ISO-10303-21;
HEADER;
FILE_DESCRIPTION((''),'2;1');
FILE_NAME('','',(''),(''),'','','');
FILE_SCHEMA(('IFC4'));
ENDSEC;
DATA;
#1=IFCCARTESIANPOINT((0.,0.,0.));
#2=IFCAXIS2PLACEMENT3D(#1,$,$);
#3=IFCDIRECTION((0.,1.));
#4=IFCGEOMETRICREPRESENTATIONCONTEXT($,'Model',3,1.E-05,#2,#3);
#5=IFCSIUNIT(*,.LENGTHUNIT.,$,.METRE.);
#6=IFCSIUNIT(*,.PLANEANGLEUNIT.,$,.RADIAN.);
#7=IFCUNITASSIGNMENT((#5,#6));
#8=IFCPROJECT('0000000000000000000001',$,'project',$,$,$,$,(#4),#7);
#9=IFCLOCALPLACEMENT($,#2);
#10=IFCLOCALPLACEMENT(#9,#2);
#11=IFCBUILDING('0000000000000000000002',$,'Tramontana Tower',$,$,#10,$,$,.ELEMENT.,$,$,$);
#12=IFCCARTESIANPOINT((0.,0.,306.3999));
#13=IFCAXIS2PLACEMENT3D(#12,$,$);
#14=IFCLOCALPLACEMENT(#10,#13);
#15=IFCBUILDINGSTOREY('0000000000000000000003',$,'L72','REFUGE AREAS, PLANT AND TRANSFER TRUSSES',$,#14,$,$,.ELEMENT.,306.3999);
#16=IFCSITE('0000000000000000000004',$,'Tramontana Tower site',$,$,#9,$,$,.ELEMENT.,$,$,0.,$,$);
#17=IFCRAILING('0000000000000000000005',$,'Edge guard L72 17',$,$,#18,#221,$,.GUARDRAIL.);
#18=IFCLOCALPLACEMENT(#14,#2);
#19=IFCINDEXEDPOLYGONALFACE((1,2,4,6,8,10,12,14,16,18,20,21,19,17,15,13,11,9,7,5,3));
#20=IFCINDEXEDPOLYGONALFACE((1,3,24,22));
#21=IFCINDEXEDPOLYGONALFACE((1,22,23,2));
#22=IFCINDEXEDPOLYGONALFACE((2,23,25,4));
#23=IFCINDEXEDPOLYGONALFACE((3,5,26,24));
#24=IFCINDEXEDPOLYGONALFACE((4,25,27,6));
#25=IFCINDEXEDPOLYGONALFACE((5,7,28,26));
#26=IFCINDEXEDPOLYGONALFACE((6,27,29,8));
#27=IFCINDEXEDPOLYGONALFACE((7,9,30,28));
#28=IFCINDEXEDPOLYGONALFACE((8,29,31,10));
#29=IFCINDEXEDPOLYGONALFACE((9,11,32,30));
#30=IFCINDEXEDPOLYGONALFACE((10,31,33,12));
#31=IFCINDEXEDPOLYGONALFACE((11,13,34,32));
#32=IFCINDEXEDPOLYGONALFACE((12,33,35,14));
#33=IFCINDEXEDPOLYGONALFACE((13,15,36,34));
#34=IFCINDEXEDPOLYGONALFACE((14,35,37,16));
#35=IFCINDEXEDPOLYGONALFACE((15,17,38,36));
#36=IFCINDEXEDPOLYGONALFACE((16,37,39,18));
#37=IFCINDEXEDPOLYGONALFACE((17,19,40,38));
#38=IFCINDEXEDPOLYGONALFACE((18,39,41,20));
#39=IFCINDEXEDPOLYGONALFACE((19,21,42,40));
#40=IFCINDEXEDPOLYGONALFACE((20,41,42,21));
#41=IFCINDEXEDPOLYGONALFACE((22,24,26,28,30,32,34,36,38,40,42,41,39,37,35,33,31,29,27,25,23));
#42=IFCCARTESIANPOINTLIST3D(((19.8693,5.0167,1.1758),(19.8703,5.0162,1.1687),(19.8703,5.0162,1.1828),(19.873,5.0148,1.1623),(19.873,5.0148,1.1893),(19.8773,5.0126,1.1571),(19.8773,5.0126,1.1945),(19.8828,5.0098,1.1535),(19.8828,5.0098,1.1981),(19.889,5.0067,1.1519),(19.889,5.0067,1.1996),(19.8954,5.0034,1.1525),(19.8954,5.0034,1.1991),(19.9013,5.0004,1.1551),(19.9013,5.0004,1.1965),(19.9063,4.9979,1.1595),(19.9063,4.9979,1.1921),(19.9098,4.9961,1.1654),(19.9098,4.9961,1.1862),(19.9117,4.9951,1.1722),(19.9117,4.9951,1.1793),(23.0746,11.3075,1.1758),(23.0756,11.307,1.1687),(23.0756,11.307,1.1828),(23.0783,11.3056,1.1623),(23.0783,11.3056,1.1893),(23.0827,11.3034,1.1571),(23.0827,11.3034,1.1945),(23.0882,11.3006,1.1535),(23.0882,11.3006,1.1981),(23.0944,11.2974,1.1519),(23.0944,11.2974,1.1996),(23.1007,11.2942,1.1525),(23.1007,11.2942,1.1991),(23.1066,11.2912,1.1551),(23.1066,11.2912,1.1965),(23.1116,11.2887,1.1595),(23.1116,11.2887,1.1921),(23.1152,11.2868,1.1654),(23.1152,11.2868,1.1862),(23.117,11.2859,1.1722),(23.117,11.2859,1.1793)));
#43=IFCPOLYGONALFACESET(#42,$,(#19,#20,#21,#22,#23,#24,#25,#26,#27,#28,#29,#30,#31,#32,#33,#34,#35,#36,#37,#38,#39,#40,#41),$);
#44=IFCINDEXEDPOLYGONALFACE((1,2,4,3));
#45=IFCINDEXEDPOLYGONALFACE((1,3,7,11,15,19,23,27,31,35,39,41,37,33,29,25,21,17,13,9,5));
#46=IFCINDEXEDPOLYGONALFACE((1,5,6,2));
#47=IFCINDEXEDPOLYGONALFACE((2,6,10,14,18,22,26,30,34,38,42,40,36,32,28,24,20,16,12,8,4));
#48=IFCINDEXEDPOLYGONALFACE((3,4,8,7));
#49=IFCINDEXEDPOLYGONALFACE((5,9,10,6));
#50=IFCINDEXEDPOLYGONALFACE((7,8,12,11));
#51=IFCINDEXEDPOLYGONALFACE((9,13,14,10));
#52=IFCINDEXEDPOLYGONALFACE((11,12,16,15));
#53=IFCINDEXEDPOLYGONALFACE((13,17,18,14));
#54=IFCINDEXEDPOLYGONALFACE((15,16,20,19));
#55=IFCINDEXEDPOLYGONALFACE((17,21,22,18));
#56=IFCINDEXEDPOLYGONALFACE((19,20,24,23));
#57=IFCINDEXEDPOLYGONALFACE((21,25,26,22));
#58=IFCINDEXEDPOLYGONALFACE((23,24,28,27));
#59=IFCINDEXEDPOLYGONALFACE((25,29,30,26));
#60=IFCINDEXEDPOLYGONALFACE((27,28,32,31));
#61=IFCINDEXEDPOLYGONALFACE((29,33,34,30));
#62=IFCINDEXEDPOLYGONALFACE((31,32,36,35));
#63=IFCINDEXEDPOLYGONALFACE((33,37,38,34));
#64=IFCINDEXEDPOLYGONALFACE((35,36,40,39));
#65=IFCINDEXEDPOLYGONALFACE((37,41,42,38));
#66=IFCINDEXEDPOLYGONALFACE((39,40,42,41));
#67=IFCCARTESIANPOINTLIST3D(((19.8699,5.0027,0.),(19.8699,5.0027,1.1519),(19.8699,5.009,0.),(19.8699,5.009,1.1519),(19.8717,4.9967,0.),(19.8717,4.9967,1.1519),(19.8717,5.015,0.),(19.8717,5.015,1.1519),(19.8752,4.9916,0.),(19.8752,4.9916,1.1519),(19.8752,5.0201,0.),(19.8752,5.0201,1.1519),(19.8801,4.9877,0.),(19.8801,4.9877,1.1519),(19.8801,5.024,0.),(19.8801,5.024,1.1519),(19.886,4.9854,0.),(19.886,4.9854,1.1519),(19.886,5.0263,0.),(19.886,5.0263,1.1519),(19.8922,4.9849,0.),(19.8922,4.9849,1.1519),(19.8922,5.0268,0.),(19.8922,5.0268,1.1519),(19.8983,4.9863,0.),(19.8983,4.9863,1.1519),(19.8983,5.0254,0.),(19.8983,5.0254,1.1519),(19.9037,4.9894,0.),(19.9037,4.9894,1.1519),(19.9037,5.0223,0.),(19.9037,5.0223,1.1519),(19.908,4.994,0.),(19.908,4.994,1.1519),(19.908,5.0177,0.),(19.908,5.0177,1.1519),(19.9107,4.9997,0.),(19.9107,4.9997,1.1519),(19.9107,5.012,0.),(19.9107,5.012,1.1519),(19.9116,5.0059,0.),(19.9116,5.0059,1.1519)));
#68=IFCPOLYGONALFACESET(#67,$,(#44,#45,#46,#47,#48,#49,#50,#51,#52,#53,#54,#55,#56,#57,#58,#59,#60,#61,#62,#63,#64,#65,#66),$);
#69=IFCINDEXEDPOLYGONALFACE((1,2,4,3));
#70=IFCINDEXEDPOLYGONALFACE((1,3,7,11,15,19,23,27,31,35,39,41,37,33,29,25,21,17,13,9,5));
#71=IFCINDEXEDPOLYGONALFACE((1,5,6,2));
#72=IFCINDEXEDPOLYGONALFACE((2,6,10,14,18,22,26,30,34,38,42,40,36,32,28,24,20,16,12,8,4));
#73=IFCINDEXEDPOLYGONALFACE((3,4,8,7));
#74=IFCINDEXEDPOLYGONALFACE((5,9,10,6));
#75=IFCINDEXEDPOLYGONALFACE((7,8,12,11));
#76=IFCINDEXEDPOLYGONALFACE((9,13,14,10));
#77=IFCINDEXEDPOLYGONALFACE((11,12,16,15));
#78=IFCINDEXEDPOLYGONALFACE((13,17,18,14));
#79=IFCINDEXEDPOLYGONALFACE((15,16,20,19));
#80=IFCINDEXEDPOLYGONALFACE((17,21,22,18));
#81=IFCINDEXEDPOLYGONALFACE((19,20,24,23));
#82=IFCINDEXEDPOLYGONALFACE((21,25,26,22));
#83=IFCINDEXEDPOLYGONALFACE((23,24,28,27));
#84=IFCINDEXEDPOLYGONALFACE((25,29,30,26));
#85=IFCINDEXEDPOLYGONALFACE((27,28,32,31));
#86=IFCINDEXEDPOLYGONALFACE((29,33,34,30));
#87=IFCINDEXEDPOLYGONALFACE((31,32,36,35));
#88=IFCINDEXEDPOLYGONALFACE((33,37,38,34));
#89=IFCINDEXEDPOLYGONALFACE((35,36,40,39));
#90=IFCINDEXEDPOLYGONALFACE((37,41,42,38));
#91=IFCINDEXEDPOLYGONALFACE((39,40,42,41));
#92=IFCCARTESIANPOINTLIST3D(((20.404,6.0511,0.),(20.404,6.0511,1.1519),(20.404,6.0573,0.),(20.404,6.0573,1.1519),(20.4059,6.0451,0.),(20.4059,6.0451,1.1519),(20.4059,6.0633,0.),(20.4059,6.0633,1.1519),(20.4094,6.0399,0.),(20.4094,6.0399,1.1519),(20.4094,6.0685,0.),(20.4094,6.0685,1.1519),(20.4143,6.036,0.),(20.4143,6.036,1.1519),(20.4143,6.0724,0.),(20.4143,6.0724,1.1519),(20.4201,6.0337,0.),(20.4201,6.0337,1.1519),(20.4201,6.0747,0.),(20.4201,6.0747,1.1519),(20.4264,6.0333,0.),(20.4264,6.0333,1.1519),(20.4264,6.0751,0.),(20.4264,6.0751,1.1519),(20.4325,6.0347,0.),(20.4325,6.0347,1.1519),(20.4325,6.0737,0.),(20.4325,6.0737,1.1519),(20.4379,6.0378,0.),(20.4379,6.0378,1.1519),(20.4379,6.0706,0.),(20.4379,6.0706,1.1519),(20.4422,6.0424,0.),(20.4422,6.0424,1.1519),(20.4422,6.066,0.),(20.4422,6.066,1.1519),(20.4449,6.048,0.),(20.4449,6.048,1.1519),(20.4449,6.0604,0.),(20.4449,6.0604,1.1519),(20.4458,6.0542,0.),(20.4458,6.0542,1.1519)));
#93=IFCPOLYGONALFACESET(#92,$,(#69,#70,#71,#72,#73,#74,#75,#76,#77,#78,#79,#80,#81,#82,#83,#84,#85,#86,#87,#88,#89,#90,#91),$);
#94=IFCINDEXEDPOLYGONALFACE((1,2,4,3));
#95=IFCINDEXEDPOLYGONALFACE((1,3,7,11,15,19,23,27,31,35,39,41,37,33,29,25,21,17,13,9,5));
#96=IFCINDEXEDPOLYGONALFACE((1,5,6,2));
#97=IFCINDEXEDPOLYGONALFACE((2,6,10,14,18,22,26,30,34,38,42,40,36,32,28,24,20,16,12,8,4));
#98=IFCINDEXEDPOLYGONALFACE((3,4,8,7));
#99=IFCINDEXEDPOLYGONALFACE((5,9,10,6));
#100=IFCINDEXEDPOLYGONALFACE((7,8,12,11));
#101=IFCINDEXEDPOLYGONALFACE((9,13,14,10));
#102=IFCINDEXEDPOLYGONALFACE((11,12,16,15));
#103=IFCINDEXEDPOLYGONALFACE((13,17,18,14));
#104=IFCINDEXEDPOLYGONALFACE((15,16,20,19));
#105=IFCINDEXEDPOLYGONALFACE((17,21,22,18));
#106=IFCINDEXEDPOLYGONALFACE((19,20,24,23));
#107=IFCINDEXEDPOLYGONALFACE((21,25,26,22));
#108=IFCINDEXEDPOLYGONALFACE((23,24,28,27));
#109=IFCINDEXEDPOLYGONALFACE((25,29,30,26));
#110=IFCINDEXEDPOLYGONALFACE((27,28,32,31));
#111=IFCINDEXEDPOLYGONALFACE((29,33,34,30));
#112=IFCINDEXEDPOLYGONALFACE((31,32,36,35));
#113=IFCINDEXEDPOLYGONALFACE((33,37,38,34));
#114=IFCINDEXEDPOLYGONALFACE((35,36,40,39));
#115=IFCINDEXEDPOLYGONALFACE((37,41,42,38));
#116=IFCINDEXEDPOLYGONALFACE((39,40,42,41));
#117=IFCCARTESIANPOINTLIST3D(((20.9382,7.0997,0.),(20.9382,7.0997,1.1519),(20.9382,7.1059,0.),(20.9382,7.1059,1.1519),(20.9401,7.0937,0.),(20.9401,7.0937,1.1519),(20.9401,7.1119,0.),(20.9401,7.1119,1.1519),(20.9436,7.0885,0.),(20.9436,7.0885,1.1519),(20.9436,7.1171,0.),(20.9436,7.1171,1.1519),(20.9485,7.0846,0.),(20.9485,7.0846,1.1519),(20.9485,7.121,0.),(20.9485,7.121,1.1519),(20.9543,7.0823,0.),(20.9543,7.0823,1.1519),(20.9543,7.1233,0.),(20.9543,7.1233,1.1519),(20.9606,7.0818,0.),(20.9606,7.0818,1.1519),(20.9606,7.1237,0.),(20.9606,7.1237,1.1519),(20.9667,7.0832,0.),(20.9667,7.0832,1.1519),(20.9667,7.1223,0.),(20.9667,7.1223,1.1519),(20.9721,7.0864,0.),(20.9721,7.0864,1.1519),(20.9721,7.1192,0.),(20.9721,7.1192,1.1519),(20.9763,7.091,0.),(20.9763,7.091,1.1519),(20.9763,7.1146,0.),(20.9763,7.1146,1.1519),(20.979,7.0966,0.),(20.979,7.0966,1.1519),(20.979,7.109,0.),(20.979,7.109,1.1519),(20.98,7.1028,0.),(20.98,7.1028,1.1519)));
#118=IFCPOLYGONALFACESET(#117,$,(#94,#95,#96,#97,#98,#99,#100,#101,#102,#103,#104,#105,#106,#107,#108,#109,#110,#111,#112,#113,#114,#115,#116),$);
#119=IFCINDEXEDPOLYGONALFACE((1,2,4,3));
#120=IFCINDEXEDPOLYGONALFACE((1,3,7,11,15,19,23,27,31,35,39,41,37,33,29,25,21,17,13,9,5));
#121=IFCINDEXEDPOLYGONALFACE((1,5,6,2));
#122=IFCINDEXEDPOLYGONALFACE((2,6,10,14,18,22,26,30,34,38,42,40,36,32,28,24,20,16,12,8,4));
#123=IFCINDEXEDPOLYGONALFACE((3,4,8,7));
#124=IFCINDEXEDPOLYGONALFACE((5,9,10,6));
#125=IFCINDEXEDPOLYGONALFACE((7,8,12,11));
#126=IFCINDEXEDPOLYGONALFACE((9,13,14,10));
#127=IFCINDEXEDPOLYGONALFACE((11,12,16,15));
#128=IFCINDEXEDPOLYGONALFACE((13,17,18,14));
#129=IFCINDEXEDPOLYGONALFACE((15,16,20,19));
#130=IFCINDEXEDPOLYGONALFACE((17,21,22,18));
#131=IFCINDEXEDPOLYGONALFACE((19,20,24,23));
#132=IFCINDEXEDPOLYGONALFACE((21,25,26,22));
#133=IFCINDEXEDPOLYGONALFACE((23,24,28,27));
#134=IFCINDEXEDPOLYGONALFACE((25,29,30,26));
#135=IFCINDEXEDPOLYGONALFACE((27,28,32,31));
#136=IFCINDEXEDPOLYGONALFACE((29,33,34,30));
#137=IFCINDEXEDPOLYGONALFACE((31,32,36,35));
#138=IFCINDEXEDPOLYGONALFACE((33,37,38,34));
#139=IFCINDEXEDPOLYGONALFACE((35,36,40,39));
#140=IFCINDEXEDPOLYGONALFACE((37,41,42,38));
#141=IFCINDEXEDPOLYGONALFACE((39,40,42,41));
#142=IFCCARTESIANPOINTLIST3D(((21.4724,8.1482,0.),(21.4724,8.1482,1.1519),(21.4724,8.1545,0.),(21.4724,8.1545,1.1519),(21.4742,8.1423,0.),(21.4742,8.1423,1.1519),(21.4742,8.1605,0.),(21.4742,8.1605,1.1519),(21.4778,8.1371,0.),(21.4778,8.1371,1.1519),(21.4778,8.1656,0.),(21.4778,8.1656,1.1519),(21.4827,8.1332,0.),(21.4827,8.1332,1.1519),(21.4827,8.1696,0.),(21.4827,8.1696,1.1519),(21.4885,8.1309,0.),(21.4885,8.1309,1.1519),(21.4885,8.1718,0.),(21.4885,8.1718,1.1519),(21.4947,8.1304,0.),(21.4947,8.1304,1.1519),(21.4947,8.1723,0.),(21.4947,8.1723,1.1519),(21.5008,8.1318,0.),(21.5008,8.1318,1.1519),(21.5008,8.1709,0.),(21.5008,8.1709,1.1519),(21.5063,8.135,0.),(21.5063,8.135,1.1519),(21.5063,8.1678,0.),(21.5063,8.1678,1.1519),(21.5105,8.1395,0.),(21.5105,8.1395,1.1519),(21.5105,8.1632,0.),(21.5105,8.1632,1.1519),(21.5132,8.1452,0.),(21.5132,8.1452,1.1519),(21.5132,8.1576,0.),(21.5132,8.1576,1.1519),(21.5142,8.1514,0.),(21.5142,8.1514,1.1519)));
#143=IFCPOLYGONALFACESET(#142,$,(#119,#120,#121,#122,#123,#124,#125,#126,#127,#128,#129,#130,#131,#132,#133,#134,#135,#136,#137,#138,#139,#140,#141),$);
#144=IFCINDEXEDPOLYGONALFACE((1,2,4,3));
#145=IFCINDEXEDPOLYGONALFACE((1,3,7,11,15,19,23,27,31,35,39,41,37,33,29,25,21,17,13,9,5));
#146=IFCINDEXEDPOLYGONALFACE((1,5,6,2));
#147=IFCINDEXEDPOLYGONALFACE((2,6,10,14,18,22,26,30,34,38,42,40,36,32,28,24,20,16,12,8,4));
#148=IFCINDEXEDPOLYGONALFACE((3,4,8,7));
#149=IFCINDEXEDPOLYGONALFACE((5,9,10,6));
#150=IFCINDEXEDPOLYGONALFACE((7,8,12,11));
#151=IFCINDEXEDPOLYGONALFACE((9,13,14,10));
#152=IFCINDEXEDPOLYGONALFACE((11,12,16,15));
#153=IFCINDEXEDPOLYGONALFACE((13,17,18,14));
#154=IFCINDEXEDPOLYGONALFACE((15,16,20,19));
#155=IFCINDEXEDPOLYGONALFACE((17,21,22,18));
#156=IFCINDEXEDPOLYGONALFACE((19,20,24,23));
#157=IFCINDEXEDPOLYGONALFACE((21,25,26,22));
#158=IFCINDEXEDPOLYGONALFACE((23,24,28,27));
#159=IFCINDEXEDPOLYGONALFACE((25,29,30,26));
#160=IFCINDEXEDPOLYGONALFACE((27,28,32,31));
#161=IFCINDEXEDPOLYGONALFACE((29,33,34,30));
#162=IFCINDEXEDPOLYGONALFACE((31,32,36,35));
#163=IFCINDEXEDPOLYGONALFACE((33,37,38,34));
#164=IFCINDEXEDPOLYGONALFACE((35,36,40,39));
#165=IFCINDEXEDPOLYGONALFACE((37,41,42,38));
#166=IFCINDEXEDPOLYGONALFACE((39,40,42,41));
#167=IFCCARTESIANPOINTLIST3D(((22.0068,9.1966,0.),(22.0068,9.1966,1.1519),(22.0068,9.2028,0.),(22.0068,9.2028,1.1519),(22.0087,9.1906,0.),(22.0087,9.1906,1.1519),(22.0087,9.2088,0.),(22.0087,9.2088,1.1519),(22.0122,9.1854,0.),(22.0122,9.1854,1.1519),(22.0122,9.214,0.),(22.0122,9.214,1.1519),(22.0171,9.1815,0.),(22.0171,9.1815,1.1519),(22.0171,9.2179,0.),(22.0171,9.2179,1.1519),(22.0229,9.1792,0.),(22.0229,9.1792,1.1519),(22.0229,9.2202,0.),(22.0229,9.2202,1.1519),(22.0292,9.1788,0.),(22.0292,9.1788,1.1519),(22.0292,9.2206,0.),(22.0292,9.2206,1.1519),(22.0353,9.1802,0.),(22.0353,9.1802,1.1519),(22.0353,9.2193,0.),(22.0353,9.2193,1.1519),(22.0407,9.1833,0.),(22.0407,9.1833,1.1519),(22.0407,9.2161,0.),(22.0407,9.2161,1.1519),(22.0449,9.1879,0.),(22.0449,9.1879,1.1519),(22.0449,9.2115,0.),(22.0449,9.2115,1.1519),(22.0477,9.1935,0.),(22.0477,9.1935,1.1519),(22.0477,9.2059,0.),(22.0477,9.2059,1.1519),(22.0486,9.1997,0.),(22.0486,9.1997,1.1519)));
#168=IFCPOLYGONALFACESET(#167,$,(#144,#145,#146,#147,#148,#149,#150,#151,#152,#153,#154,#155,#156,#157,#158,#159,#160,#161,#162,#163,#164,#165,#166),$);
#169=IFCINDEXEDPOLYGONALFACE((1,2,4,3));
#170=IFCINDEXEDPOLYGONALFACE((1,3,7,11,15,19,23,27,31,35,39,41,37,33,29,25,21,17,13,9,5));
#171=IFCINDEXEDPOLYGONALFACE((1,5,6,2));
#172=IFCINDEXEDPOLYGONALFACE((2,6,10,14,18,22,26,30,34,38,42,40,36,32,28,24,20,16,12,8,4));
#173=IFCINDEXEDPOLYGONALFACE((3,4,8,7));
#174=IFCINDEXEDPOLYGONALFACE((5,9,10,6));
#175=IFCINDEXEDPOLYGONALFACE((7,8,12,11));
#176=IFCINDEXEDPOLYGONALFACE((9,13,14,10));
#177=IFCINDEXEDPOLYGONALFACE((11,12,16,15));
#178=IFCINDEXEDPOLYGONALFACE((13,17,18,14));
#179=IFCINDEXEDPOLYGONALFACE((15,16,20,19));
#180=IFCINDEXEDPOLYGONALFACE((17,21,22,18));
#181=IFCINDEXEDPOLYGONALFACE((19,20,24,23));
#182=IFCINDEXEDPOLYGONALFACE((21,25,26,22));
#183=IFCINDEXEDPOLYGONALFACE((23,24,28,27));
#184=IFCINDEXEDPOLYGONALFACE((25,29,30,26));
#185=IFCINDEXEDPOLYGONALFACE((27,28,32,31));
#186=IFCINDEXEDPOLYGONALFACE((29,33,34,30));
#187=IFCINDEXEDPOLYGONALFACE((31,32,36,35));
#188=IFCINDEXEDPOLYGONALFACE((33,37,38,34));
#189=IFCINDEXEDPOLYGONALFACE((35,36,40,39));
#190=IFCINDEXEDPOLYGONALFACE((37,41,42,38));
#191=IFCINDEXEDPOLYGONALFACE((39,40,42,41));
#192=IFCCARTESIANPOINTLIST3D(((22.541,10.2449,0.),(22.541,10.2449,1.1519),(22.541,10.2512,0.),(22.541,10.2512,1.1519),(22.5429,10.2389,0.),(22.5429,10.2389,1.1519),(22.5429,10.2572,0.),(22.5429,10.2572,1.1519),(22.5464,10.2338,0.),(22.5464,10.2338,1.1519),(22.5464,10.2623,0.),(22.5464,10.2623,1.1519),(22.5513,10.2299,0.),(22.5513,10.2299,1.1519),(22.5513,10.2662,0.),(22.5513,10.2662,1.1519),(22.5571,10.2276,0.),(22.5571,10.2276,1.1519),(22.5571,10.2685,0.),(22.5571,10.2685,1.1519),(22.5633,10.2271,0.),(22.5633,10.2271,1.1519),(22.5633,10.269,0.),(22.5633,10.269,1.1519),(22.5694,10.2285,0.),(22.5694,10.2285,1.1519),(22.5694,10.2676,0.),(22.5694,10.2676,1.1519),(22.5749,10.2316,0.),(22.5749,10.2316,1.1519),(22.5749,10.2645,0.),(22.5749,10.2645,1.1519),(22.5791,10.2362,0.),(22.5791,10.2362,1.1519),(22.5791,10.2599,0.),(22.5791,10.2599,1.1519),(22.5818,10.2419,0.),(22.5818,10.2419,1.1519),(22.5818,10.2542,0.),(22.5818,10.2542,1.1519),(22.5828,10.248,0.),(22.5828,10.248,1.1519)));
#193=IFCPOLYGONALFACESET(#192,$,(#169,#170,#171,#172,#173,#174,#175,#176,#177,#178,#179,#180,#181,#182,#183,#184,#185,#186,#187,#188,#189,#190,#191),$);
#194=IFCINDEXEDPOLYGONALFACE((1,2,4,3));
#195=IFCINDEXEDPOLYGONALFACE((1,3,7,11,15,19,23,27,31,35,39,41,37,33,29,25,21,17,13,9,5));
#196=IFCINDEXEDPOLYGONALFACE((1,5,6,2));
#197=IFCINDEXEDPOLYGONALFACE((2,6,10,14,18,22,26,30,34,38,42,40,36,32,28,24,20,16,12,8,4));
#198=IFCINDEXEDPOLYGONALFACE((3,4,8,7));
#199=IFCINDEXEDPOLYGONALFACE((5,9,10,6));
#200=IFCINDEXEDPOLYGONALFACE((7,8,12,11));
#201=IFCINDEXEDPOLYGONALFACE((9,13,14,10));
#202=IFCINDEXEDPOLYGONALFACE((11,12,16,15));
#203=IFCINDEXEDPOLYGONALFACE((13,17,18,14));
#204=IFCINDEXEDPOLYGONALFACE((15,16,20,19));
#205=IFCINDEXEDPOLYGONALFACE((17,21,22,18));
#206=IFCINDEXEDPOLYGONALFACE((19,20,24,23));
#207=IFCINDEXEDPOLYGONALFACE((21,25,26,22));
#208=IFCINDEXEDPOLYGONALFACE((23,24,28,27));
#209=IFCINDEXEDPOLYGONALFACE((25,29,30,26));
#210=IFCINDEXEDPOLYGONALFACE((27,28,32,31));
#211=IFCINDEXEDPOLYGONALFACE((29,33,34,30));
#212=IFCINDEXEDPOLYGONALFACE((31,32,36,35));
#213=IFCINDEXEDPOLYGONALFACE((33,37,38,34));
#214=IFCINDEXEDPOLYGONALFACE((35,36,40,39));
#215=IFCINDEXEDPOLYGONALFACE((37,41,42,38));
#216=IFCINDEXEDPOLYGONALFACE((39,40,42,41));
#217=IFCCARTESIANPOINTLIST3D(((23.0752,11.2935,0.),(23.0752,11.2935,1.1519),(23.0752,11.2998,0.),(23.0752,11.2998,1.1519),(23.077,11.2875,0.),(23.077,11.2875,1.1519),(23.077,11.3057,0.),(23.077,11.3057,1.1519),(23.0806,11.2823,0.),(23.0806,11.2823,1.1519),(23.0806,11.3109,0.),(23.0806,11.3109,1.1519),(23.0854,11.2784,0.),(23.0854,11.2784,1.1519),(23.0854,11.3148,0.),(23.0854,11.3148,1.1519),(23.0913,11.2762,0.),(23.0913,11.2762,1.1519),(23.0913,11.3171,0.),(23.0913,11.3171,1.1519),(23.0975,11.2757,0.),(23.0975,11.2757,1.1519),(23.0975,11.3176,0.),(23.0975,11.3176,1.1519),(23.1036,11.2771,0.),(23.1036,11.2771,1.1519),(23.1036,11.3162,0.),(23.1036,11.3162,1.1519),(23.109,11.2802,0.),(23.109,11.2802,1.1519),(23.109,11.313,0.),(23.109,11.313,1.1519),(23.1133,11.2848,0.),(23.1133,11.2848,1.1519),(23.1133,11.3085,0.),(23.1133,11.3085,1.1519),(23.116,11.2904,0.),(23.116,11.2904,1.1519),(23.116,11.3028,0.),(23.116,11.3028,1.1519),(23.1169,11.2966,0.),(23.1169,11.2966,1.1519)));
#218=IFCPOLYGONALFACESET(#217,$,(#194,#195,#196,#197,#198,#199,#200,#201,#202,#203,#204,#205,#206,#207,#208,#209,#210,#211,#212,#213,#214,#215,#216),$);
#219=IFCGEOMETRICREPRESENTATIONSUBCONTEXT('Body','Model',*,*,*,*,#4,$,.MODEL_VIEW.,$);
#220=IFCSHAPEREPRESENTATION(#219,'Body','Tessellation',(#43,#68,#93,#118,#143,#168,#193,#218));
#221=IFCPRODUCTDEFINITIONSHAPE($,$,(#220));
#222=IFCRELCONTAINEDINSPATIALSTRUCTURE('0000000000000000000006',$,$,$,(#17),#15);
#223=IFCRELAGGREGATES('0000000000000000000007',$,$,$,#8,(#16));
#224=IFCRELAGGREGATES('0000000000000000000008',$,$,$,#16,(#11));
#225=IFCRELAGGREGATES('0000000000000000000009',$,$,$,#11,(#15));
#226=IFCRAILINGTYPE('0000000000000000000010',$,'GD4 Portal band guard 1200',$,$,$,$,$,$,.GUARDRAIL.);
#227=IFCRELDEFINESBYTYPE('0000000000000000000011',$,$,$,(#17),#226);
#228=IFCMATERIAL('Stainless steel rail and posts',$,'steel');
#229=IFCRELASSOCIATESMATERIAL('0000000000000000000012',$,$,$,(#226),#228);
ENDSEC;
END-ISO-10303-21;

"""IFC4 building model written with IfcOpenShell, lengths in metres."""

from ifc_helpers import new_model, si_unit, direction, frame, origin, origin_2d, place, context, subcontext, project, spatial, circle, extrude, material, type_object, element, save


model = new_model("IFC4")

# Units and contexts
model_context = context("Model", 3, precision=1e-05, world=origin(), true_north=direction((0.0, 1.0)))
body_context = subcontext(model_context, "Body", "Model", "MODEL_VIEW")
ifc_project = project(units=[si_unit("LENGTHUNIT", "METRE"), si_unit("PLANEANGLEUNIT", "RADIAN")], contexts=[model_context])

# Site, building, storey
site_placement = place(None, origin())
site = spatial("IfcSite", under=ifc_project, at=site_placement, Name="Tramontana Tower site", CompositionType="ELEMENT", RefElevation=0.0)
building_placement = place(site_placement, origin())
building = spatial("IfcBuilding", under=site, at=building_placement, Name="Tramontana Tower", CompositionType="ELEMENT")
storey_placement = place(building_placement, frame((0.0, 0.0, 306.3999)))
storey = spatial("IfcBuildingStorey", under=building, at=storey_placement, Name="L72", Description="REFUGE AREAS, PLANT AND TRANSFER TRUSSES", CompositionType="ELEMENT", Elevation=306.3999)

# Railing
ifc_material_1 = material(Name="Stainless steel rail and posts", Category="steel")
railing_type = type_object("IfcRailingType", Name="GD4 Portal band guard 1200", PredefinedType="GUARDRAIL", material=ifc_material_1)
railing_1_placement = place(storey_placement, frame((19.8906, 5.0059, 0.0)))
element("IfcRailing", 1, at=railing_1_placement, inside=storey, type_object=railing_type, Name="Edge guard L72 17", PredefinedType="GUARDRAIL", context=body_context, shape_type="SweptSolid", body=[
    extrude(circle(Radius=0.0239, at=origin_2d()), frame((0.0, 0.0, 1.1758), z_axis=(0.453992, 0.891006, 0.0), x_axis=(-0.891006, 0.453992, 0.0)), (0.0, 0.0, 1.0), 7.0603),
    extrude(circle(Radius=0.021, at=origin_2d()), origin(), (0.0, 0.0, 1.0), 1.1519),
    extrude(circle(Radius=0.021, at=origin_2d()), frame((0.5342, 1.0483, 0.0)), (0.0, 0.0, 1.0), 1.1519),
    extrude(circle(Radius=0.021, at=origin_2d()), frame((1.0684, 2.0969, 0.0)), (0.0, 0.0, 1.0), 1.1519),
    extrude(circle(Radius=0.021, at=origin_2d()), frame((1.6025, 3.1455, 0.0)), (0.0, 0.0, 1.0), 1.1519),
    extrude(circle(Radius=0.021, at=origin_2d()), frame((2.137, 4.1938, 0.0)), (0.0, 0.0, 1.0), 1.1519),
    extrude(circle(Radius=0.021, at=origin_2d()), frame((2.6711, 5.2422, 0.0)), (0.0, 0.0, 1.0), 1.1519),
    extrude(circle(Radius=0.021, at=origin_2d()), frame((3.2053, 6.2908, 0.0)), (0.0, 0.0, 1.0), 1.1519),
])

save(model, "model.ifc")
